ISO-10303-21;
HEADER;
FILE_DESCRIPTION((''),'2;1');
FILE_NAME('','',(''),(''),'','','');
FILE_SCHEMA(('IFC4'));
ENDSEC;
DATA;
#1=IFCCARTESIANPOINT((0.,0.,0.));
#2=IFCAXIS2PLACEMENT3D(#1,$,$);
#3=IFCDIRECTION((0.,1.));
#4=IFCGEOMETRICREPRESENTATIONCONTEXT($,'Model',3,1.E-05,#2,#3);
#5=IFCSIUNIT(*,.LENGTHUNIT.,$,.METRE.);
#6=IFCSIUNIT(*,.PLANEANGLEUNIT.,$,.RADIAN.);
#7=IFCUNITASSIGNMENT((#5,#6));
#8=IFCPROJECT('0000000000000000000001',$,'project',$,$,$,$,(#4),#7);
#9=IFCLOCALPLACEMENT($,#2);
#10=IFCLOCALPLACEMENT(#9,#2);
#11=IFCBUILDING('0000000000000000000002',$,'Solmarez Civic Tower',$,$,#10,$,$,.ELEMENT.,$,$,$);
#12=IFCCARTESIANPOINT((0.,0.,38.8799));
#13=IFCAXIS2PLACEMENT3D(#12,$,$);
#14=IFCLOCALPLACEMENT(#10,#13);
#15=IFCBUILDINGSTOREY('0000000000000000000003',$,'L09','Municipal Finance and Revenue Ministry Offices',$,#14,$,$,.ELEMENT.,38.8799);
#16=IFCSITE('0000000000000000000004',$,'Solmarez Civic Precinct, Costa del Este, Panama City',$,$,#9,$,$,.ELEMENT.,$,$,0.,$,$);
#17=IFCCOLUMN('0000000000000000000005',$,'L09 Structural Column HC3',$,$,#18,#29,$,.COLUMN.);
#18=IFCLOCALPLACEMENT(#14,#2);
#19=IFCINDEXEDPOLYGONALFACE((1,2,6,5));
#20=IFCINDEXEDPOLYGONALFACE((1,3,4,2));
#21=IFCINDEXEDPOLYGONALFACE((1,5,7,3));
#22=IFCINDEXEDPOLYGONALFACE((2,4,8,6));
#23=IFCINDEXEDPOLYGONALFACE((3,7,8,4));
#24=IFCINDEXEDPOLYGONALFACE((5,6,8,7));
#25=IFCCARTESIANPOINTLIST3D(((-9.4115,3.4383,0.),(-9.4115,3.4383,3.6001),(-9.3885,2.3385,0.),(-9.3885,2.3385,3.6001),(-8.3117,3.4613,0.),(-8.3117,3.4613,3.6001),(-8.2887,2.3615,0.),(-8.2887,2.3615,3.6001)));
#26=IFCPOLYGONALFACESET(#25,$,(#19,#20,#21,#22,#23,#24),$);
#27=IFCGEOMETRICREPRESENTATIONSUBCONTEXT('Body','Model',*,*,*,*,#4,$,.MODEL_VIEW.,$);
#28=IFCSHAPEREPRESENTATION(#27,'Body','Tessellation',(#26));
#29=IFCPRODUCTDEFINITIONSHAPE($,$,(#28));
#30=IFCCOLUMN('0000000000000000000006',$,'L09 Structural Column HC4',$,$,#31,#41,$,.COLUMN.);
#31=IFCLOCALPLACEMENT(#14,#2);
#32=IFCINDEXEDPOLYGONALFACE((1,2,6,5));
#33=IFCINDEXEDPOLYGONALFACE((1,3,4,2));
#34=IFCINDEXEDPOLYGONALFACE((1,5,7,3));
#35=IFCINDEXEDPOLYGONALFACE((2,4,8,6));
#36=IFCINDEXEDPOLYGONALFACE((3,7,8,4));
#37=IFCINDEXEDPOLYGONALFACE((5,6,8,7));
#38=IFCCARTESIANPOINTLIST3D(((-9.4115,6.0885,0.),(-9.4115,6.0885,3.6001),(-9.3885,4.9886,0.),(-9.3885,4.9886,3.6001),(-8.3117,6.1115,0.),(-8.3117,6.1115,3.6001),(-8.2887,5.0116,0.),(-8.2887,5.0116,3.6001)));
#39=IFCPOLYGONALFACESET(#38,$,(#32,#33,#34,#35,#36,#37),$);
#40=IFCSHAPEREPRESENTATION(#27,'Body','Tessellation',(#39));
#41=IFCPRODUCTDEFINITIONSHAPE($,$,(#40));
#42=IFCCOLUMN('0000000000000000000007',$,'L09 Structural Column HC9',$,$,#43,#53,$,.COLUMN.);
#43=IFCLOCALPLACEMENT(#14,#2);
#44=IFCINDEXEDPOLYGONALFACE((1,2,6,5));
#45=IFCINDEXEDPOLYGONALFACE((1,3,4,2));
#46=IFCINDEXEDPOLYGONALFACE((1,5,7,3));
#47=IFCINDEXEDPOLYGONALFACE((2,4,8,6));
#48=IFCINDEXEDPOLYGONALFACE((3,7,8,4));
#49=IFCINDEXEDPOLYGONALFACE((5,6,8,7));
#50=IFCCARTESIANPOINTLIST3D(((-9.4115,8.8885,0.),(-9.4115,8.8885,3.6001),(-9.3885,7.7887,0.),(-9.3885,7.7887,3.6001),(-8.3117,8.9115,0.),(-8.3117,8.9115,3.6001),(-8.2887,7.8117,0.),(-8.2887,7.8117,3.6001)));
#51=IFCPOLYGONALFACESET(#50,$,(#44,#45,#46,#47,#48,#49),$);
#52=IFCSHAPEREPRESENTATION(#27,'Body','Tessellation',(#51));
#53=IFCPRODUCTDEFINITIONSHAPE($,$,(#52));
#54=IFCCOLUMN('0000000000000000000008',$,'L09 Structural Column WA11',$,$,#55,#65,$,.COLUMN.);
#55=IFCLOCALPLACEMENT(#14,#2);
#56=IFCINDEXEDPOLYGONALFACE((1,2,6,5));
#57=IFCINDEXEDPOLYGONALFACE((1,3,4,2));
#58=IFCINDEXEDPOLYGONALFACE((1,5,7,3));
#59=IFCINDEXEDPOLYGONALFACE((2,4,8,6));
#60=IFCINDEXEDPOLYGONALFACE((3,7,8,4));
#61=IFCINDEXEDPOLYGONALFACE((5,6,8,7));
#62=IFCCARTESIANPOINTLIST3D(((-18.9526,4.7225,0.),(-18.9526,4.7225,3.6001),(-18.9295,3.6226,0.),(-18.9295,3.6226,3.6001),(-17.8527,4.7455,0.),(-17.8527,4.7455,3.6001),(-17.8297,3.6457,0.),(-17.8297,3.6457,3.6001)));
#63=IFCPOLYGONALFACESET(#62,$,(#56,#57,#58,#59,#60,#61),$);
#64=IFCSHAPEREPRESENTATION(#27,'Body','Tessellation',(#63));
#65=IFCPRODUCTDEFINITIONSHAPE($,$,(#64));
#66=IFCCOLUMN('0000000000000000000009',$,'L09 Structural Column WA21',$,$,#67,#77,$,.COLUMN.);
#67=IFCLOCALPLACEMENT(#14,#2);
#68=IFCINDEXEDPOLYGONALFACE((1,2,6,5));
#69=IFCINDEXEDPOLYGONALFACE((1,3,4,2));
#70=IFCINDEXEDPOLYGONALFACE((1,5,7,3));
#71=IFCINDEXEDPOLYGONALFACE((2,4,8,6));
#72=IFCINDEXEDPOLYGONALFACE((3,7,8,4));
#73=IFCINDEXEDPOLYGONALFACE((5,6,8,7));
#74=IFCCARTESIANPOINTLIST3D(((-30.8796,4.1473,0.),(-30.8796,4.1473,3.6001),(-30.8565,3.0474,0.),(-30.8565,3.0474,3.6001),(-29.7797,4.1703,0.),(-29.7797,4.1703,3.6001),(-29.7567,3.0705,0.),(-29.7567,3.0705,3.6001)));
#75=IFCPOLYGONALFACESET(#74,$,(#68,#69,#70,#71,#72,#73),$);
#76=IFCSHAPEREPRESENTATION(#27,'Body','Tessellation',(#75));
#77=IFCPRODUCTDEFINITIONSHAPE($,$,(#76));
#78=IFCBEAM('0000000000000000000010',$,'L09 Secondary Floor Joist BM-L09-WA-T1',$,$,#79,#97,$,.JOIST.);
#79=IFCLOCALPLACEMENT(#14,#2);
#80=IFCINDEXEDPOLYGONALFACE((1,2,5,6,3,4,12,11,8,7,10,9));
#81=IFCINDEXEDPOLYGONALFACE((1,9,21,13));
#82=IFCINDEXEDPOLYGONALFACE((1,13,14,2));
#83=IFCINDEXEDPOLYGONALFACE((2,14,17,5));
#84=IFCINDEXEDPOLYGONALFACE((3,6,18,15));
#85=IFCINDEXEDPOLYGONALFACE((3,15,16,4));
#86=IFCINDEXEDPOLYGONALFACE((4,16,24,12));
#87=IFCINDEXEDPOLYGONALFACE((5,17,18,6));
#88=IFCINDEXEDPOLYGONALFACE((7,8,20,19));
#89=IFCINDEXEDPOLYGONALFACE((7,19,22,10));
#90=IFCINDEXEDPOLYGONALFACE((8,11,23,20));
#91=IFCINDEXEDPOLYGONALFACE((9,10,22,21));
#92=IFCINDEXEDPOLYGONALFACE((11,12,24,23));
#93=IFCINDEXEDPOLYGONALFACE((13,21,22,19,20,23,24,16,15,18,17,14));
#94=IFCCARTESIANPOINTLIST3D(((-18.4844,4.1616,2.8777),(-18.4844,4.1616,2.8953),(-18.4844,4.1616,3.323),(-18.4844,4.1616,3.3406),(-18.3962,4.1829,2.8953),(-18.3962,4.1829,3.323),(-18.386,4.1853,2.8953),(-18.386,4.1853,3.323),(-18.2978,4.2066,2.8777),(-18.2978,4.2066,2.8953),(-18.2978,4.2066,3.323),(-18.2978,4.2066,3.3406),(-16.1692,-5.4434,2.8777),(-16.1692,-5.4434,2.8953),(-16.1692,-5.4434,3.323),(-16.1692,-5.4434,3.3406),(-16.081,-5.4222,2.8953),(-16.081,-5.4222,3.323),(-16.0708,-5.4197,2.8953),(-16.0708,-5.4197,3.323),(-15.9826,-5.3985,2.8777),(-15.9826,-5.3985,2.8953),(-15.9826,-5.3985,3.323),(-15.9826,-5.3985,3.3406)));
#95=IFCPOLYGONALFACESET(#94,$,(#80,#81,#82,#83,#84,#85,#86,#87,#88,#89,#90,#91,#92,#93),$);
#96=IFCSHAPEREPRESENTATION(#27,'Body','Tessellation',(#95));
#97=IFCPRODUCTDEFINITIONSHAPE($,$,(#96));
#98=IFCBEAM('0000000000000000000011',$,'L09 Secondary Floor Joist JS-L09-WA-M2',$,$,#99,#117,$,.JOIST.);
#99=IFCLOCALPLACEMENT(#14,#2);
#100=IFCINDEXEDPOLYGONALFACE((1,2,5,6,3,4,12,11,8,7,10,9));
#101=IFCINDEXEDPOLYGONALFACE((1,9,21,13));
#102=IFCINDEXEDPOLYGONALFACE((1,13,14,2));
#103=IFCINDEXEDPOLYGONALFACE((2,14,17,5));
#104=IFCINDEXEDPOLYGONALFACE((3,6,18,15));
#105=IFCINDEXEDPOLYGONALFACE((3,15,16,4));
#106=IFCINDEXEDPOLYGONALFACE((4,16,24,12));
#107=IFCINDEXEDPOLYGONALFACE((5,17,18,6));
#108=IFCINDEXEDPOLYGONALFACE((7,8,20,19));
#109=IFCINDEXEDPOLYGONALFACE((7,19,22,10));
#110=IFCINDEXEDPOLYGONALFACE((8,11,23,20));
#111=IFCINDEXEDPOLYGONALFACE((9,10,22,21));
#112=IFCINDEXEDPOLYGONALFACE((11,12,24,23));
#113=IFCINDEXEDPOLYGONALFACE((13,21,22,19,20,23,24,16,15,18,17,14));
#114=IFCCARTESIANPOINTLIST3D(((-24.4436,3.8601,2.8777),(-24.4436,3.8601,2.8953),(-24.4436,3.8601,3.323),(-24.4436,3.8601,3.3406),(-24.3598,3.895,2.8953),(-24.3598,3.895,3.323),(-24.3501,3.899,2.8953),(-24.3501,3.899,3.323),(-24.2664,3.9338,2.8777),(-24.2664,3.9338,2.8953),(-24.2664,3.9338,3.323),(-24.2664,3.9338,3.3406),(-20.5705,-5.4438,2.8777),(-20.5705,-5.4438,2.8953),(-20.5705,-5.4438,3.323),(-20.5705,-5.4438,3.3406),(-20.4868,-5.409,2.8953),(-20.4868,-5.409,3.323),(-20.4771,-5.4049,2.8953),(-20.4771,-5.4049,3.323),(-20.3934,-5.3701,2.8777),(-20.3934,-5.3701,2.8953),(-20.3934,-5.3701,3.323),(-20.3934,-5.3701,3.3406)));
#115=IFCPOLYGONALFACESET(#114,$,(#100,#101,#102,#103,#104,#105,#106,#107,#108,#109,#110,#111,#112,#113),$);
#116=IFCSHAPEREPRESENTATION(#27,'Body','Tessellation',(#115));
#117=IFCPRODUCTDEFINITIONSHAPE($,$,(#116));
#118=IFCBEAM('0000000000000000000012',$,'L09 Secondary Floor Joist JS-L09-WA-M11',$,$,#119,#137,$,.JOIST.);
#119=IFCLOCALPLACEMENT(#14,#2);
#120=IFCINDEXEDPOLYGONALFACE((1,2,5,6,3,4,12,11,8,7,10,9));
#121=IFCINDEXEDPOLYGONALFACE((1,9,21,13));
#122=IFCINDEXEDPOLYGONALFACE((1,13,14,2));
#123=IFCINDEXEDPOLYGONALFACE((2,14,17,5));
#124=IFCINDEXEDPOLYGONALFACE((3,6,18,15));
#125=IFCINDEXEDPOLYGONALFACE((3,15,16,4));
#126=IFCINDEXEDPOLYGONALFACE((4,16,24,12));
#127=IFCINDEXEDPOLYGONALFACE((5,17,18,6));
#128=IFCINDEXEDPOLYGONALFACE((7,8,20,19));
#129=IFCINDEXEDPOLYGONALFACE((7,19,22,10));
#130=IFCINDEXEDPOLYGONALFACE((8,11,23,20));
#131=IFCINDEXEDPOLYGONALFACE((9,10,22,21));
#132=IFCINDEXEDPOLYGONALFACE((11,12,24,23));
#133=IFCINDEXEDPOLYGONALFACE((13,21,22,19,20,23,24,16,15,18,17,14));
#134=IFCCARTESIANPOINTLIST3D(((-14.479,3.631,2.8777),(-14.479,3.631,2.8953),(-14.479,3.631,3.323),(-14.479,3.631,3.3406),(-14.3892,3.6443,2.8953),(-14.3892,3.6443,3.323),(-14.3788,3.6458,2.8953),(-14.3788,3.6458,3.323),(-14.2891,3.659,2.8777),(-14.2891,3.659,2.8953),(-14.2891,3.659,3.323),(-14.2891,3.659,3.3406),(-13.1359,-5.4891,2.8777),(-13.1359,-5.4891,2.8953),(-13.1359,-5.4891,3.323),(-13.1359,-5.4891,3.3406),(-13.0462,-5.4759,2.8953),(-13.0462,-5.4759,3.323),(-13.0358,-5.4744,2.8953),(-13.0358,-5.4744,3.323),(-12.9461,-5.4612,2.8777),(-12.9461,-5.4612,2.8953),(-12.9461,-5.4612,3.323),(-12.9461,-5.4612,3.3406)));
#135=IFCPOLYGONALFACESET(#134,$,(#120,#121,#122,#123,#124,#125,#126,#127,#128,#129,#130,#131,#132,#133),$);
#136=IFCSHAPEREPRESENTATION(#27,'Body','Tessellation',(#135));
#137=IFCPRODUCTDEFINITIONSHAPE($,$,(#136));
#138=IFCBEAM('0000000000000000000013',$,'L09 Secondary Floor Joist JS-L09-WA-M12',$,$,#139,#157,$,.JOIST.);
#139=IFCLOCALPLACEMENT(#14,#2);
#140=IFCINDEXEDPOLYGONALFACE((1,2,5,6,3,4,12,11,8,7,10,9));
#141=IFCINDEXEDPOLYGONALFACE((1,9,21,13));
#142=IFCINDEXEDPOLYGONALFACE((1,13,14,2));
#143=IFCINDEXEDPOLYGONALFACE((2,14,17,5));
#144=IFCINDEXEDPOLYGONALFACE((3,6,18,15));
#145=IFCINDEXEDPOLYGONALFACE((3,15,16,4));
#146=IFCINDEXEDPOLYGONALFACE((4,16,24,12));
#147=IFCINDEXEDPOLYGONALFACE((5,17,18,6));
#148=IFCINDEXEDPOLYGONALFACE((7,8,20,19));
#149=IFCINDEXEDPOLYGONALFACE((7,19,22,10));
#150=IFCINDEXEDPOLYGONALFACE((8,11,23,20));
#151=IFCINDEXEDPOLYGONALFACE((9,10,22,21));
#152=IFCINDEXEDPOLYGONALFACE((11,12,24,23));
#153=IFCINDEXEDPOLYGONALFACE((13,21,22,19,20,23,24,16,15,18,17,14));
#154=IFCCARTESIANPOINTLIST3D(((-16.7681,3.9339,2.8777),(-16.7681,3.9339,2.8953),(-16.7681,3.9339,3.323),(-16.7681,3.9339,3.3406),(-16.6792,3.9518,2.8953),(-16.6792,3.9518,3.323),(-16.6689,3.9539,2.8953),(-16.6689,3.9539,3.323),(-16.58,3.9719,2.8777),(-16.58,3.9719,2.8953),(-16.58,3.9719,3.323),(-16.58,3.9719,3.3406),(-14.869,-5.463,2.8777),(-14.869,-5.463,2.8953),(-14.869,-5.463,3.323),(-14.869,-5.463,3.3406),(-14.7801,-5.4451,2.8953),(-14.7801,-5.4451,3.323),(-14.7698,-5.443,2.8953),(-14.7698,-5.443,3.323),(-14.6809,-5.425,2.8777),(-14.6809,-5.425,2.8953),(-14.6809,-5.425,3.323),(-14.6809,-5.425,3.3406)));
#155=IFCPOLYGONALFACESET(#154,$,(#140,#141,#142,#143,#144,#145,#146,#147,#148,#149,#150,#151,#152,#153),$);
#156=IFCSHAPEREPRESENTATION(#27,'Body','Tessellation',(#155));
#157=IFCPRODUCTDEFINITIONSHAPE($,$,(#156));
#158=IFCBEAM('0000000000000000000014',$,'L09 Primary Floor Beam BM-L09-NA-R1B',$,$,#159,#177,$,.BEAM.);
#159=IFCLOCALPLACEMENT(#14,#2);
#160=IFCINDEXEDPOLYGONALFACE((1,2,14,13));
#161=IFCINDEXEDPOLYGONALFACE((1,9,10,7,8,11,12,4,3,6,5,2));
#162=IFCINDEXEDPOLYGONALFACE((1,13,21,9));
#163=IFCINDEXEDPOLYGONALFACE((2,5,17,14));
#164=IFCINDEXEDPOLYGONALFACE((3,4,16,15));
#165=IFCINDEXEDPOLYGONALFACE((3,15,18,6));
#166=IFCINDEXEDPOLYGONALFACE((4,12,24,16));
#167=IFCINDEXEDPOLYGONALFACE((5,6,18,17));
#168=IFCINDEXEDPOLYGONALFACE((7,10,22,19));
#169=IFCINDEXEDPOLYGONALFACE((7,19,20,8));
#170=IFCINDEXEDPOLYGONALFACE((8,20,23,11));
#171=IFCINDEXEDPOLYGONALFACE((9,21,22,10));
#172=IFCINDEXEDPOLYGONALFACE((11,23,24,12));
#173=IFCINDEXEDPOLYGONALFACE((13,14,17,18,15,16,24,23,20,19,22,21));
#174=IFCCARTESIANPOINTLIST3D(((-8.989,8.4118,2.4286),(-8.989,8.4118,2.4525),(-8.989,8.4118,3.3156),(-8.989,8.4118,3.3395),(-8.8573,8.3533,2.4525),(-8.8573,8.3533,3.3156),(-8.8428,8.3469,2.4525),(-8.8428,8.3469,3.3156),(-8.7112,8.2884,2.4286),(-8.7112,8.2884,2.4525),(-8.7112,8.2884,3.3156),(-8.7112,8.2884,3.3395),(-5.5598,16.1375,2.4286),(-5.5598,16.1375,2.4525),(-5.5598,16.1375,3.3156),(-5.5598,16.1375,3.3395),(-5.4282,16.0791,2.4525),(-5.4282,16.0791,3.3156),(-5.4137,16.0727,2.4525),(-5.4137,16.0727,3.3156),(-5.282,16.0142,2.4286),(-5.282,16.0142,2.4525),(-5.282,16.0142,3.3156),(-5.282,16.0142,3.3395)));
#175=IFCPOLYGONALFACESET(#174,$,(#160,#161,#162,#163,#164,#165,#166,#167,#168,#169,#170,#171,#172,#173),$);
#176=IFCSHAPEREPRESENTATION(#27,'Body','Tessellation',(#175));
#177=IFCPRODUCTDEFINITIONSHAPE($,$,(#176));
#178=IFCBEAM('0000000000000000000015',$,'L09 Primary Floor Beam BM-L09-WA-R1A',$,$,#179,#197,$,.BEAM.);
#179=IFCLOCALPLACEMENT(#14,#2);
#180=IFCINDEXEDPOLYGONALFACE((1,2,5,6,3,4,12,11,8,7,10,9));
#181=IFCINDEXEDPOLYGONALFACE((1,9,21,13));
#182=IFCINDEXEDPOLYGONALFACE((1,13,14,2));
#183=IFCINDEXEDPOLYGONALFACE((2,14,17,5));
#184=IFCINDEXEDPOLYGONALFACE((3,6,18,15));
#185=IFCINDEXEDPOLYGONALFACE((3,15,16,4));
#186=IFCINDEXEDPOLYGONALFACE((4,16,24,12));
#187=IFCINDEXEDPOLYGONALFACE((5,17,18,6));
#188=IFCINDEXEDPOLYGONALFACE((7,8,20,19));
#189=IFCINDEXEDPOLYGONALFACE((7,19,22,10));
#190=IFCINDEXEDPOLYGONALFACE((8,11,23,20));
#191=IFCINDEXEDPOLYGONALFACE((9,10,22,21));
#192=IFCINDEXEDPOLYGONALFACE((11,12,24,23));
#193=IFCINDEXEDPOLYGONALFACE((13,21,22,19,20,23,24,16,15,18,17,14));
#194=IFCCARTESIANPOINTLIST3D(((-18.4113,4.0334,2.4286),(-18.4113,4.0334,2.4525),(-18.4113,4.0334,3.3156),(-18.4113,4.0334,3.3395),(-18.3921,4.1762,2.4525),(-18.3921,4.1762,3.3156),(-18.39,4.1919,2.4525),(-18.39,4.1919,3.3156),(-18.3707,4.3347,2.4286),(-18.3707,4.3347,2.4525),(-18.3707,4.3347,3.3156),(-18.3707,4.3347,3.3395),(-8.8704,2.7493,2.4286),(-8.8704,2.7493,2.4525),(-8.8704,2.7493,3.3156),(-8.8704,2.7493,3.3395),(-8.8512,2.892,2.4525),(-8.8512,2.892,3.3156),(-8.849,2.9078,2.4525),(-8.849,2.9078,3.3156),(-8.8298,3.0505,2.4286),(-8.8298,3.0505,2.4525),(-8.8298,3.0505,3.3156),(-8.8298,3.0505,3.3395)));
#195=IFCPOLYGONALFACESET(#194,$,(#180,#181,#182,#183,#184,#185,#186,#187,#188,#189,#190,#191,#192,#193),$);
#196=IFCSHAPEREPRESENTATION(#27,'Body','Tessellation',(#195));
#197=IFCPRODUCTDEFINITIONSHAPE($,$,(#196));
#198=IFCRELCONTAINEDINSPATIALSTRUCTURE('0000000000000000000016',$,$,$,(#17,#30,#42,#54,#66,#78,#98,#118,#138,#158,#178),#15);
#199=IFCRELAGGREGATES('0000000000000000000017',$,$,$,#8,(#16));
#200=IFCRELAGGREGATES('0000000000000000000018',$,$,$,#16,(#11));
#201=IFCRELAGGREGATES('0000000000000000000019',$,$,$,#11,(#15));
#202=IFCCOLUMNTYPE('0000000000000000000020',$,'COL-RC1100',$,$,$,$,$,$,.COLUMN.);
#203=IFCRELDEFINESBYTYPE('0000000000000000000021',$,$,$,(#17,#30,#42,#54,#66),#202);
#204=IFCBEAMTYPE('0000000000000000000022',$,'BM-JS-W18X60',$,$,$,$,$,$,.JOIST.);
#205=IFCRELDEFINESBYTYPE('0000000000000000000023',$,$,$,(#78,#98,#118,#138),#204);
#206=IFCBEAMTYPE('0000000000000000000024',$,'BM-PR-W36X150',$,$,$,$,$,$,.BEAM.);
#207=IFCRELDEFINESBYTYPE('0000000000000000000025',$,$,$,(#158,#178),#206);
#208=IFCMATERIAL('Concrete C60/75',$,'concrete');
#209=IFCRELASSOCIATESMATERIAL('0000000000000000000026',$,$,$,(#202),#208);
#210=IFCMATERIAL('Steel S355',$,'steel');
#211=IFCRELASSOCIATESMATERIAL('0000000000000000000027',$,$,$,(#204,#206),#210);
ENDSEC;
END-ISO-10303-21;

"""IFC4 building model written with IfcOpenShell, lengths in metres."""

from ifc_helpers import new_model, si_unit, direction, frame, origin, origin_2d, place, context, subcontext, project, spatial, rectangle, i_section, extrude, material, material_profile, profile_set, type_object, element, save


model = new_model("IFC4")

# Units and contexts
model_context = context("Model", 3, precision=1e-05, world=origin(), true_north=direction((0.0, 1.0)))
body_context = subcontext(model_context, "Body", "Model", "MODEL_VIEW")
ifc_project = project(units=[si_unit("LENGTHUNIT", "METRE"), si_unit("PLANEANGLEUNIT", "RADIAN")], contexts=[model_context])

# Site, building, storey
site_placement = place(None, origin())
site = spatial("IfcSite", under=ifc_project, at=site_placement, Name="Solmarez Civic Precinct, Costa del Este, Panama City", CompositionType="ELEMENT", RefElevation=0.0)
building_placement = place(site_placement, origin())
building = spatial("IfcBuilding", under=site, at=building_placement, Name="Solmarez Civic Tower", CompositionType="ELEMENT")
storey_placement = place(building_placement, frame((0.0, 0.0, 38.8799)))
storey = spatial("IfcBuildingStorey", under=building, at=storey_placement, Name="L09", Description="Municipal Finance and Revenue Ministry Offices", CompositionType="ELEMENT", Elevation=38.8799)

# Columns
ifc_material_1 = material(Name="Concrete C60/75", Category="concrete")
ifc_material_profile_1 = material_profile(ifc_material_1, rectangle(XDim=1.1001, YDim=1.1001, at=origin_2d()), Name="RC1100X1100")
ifc_profile_set_1 = profile_set([ifc_material_profile_1], Name="Concrete C60/75")
column_type = type_object("IfcColumnType", Name="COL-RC1100", PredefinedType="COLUMN", material=ifc_profile_set_1)
for number, where, z_axis, x_axis, name in (
    (1, (-8.8501, 2.8999, 0.0), (0.0, 0.0, 1.0), (0.999781, 0.020942, 0.0), "L09 Structural Column HC3"),
    (2, (-8.8501, 5.55, 0.0), (0.0, 0.0, 1.0), (0.999781, 0.020942, 0.0), "L09 Structural Column HC4"),
    (3, (-8.8501, 8.3501, 0.0), (0.0, 0.0, 1.0), (0.999781, 0.020942, 0.0), "L09 Structural Column HC9"),
    (4, (-18.3911, 4.1841, 0.0), (0.0, 0.0, 1.0), (0.999781, 0.020942, 0.0), "L09 Structural Column WA11"),
    (5, (-30.3181, 3.6089, 0.0), (0.0, 0.0, 1.0), (0.999781, 0.020942, 0.0), "L09 Structural Column WA21"),
):
    element("IfcColumn", number, at=place(storey_placement, frame(where, z_axis=z_axis, x_axis=x_axis)), inside=storey, type_object=column_type, Name=name, PredefinedType="COLUMN", context=body_context, shape_type="SweptSolid", body=[
        extrude(rectangle(XDim=1.1001, YDim=1.1001, at=origin_2d()), origin(), (0.0, 0.0, 1.0), 3.6001),
    ])

# Beams
ifc_material_2 = material(Name="Steel S355", Category="steel")
ifc_material_profile_2 = material_profile(ifc_material_2, i_section(OverallWidth=0.1919, OverallDepth=0.4629, WebThickness=0.0105, FlangeThickness=0.0176, at=origin_2d()), Name="W18X60")
ifc_profile_set_2 = profile_set([ifc_material_profile_2], Name="Steel S355")
beam_type_1 = type_object("IfcBeamType", Name="BM-JS-W18X60", PredefinedType="JOIST", material=ifc_profile_set_2)
beam_1_placement = place(storey_placement, frame((-18.3911, 4.1841, 3.1091), z_axis=(0.234329, -0.972157, 0.0), x_axis=(0.972157, 0.234329, 0.0)))
element("IfcBeam", 6, at=beam_1_placement, inside=storey, type_object=beam_type_1, Name="L09 Secondary Floor Joist BM-L09-WA-T1", PredefinedType="JOIST", context=body_context, shape_type="SweptSolid", body=[
    extrude(i_section(OverallWidth=0.1919, OverallDepth=0.4629, WebThickness=0.0105, FlangeThickness=0.0176, at=origin_2d()), origin(), (0.0, 0.0, 1.0), 9.8801),
])
beam_2_placement = place(storey_placement, frame((-24.355, 3.897, 3.1091), z_axis=(0.384311, -0.923204, 0.0), x_axis=(0.923204, 0.384311, 0.0)))
element("IfcBeam", 7, at=beam_2_placement, inside=storey, type_object=beam_type_1, Name="L09 Secondary Floor Joist JS-L09-WA-M2", PredefinedType="JOIST", context=body_context, shape_type="SweptSolid", body=[
    extrude(i_section(OverallWidth=0.1919, OverallDepth=0.4629, WebThickness=0.0105, FlangeThickness=0.0176, at=origin_2d()), origin(), (0.0, 0.0, 1.0), 10.0779),
])
beam_3_placement = place(storey_placement, frame((-14.384, 3.645, 3.1091), z_axis=(0.145688, -0.989331, 0.0), x_axis=(0.989331, 0.145688, 0.0)))
element("IfcBeam", 8, at=beam_3_placement, inside=storey, type_object=beam_type_1, Name="L09 Secondary Floor Joist JS-L09-WA-M11", PredefinedType="JOIST", context=body_context, shape_type="SweptSolid", body=[
    extrude(i_section(OverallWidth=0.1919, OverallDepth=0.4629, WebThickness=0.0105, FlangeThickness=0.0176, at=origin_2d()), origin(), (0.0, 0.0, 1.0), 9.2185),
])
beam_4_placement = place(storey_placement, frame((-16.6741, 3.9529, 3.1091), z_axis=(0.198099, -0.980182, 0.0), x_axis=(0.980182, 0.198099, 0.0)))
element("IfcBeam", 9, at=beam_4_placement, inside=storey, type_object=beam_type_1, Name="L09 Secondary Floor Joist JS-L09-WA-M12", PredefinedType="JOIST", context=body_context, shape_type="SweptSolid", body=[
    extrude(i_section(OverallWidth=0.1919, OverallDepth=0.4629, WebThickness=0.0105, FlangeThickness=0.0176, at=origin_2d()), origin(), (0.0, 0.0, 1.0), 9.5869),
])
ifc_material_profile_3 = material_profile(ifc_material_2, i_section(OverallWidth=0.304, OverallDepth=0.9109, WebThickness=0.0159, FlangeThickness=0.0239, at=origin_2d()), Name="W36X150")
ifc_profile_set_3 = profile_set([ifc_material_profile_3], Name="Steel S355")
beam_type_2 = type_object("IfcBeamType", Name="BM-PR-W36X150", PredefinedType="BEAM", material=ifc_profile_set_3)
beam_5_placement = place(storey_placement, frame((-8.8501, 8.3501, 2.884), z_axis=(0.405694, 0.914009, 0.0), x_axis=(-0.914009, 0.405694, 0.0)))
element("IfcBeam", 10, at=beam_5_placement, inside=storey, type_object=beam_type_2, Name="L09 Primary Floor Beam BM-L09-NA-R1B", PredefinedType="BEAM", context=body_context, shape_type="SweptSolid", body=[
    extrude(i_section(OverallWidth=0.304, OverallDepth=0.9109, WebThickness=0.0159, FlangeThickness=0.0239, at=origin_2d()), origin(), (0.0, 0.0, 1.0), 8.4526),
])
beam_6_placement = place(storey_placement, frame((-8.8501, 2.8999, 2.884), z_axis=(-0.991063, 0.133393, 0.0), x_axis=(-0.133393, -0.991063, 0.0)))
element("IfcBeam", 11, at=beam_6_placement, inside=storey, type_object=beam_type_2, Name="L09 Primary Floor Beam BM-L09-WA-R1A", PredefinedType="BEAM", context=body_context, shape_type="SweptSolid", body=[
    extrude(i_section(OverallWidth=0.304, OverallDepth=0.9109, WebThickness=0.0159, FlangeThickness=0.0239, at=origin_2d()), origin(), (0.0, 0.0, 1.0), 9.627),
])

save(model, "model.ifc")
